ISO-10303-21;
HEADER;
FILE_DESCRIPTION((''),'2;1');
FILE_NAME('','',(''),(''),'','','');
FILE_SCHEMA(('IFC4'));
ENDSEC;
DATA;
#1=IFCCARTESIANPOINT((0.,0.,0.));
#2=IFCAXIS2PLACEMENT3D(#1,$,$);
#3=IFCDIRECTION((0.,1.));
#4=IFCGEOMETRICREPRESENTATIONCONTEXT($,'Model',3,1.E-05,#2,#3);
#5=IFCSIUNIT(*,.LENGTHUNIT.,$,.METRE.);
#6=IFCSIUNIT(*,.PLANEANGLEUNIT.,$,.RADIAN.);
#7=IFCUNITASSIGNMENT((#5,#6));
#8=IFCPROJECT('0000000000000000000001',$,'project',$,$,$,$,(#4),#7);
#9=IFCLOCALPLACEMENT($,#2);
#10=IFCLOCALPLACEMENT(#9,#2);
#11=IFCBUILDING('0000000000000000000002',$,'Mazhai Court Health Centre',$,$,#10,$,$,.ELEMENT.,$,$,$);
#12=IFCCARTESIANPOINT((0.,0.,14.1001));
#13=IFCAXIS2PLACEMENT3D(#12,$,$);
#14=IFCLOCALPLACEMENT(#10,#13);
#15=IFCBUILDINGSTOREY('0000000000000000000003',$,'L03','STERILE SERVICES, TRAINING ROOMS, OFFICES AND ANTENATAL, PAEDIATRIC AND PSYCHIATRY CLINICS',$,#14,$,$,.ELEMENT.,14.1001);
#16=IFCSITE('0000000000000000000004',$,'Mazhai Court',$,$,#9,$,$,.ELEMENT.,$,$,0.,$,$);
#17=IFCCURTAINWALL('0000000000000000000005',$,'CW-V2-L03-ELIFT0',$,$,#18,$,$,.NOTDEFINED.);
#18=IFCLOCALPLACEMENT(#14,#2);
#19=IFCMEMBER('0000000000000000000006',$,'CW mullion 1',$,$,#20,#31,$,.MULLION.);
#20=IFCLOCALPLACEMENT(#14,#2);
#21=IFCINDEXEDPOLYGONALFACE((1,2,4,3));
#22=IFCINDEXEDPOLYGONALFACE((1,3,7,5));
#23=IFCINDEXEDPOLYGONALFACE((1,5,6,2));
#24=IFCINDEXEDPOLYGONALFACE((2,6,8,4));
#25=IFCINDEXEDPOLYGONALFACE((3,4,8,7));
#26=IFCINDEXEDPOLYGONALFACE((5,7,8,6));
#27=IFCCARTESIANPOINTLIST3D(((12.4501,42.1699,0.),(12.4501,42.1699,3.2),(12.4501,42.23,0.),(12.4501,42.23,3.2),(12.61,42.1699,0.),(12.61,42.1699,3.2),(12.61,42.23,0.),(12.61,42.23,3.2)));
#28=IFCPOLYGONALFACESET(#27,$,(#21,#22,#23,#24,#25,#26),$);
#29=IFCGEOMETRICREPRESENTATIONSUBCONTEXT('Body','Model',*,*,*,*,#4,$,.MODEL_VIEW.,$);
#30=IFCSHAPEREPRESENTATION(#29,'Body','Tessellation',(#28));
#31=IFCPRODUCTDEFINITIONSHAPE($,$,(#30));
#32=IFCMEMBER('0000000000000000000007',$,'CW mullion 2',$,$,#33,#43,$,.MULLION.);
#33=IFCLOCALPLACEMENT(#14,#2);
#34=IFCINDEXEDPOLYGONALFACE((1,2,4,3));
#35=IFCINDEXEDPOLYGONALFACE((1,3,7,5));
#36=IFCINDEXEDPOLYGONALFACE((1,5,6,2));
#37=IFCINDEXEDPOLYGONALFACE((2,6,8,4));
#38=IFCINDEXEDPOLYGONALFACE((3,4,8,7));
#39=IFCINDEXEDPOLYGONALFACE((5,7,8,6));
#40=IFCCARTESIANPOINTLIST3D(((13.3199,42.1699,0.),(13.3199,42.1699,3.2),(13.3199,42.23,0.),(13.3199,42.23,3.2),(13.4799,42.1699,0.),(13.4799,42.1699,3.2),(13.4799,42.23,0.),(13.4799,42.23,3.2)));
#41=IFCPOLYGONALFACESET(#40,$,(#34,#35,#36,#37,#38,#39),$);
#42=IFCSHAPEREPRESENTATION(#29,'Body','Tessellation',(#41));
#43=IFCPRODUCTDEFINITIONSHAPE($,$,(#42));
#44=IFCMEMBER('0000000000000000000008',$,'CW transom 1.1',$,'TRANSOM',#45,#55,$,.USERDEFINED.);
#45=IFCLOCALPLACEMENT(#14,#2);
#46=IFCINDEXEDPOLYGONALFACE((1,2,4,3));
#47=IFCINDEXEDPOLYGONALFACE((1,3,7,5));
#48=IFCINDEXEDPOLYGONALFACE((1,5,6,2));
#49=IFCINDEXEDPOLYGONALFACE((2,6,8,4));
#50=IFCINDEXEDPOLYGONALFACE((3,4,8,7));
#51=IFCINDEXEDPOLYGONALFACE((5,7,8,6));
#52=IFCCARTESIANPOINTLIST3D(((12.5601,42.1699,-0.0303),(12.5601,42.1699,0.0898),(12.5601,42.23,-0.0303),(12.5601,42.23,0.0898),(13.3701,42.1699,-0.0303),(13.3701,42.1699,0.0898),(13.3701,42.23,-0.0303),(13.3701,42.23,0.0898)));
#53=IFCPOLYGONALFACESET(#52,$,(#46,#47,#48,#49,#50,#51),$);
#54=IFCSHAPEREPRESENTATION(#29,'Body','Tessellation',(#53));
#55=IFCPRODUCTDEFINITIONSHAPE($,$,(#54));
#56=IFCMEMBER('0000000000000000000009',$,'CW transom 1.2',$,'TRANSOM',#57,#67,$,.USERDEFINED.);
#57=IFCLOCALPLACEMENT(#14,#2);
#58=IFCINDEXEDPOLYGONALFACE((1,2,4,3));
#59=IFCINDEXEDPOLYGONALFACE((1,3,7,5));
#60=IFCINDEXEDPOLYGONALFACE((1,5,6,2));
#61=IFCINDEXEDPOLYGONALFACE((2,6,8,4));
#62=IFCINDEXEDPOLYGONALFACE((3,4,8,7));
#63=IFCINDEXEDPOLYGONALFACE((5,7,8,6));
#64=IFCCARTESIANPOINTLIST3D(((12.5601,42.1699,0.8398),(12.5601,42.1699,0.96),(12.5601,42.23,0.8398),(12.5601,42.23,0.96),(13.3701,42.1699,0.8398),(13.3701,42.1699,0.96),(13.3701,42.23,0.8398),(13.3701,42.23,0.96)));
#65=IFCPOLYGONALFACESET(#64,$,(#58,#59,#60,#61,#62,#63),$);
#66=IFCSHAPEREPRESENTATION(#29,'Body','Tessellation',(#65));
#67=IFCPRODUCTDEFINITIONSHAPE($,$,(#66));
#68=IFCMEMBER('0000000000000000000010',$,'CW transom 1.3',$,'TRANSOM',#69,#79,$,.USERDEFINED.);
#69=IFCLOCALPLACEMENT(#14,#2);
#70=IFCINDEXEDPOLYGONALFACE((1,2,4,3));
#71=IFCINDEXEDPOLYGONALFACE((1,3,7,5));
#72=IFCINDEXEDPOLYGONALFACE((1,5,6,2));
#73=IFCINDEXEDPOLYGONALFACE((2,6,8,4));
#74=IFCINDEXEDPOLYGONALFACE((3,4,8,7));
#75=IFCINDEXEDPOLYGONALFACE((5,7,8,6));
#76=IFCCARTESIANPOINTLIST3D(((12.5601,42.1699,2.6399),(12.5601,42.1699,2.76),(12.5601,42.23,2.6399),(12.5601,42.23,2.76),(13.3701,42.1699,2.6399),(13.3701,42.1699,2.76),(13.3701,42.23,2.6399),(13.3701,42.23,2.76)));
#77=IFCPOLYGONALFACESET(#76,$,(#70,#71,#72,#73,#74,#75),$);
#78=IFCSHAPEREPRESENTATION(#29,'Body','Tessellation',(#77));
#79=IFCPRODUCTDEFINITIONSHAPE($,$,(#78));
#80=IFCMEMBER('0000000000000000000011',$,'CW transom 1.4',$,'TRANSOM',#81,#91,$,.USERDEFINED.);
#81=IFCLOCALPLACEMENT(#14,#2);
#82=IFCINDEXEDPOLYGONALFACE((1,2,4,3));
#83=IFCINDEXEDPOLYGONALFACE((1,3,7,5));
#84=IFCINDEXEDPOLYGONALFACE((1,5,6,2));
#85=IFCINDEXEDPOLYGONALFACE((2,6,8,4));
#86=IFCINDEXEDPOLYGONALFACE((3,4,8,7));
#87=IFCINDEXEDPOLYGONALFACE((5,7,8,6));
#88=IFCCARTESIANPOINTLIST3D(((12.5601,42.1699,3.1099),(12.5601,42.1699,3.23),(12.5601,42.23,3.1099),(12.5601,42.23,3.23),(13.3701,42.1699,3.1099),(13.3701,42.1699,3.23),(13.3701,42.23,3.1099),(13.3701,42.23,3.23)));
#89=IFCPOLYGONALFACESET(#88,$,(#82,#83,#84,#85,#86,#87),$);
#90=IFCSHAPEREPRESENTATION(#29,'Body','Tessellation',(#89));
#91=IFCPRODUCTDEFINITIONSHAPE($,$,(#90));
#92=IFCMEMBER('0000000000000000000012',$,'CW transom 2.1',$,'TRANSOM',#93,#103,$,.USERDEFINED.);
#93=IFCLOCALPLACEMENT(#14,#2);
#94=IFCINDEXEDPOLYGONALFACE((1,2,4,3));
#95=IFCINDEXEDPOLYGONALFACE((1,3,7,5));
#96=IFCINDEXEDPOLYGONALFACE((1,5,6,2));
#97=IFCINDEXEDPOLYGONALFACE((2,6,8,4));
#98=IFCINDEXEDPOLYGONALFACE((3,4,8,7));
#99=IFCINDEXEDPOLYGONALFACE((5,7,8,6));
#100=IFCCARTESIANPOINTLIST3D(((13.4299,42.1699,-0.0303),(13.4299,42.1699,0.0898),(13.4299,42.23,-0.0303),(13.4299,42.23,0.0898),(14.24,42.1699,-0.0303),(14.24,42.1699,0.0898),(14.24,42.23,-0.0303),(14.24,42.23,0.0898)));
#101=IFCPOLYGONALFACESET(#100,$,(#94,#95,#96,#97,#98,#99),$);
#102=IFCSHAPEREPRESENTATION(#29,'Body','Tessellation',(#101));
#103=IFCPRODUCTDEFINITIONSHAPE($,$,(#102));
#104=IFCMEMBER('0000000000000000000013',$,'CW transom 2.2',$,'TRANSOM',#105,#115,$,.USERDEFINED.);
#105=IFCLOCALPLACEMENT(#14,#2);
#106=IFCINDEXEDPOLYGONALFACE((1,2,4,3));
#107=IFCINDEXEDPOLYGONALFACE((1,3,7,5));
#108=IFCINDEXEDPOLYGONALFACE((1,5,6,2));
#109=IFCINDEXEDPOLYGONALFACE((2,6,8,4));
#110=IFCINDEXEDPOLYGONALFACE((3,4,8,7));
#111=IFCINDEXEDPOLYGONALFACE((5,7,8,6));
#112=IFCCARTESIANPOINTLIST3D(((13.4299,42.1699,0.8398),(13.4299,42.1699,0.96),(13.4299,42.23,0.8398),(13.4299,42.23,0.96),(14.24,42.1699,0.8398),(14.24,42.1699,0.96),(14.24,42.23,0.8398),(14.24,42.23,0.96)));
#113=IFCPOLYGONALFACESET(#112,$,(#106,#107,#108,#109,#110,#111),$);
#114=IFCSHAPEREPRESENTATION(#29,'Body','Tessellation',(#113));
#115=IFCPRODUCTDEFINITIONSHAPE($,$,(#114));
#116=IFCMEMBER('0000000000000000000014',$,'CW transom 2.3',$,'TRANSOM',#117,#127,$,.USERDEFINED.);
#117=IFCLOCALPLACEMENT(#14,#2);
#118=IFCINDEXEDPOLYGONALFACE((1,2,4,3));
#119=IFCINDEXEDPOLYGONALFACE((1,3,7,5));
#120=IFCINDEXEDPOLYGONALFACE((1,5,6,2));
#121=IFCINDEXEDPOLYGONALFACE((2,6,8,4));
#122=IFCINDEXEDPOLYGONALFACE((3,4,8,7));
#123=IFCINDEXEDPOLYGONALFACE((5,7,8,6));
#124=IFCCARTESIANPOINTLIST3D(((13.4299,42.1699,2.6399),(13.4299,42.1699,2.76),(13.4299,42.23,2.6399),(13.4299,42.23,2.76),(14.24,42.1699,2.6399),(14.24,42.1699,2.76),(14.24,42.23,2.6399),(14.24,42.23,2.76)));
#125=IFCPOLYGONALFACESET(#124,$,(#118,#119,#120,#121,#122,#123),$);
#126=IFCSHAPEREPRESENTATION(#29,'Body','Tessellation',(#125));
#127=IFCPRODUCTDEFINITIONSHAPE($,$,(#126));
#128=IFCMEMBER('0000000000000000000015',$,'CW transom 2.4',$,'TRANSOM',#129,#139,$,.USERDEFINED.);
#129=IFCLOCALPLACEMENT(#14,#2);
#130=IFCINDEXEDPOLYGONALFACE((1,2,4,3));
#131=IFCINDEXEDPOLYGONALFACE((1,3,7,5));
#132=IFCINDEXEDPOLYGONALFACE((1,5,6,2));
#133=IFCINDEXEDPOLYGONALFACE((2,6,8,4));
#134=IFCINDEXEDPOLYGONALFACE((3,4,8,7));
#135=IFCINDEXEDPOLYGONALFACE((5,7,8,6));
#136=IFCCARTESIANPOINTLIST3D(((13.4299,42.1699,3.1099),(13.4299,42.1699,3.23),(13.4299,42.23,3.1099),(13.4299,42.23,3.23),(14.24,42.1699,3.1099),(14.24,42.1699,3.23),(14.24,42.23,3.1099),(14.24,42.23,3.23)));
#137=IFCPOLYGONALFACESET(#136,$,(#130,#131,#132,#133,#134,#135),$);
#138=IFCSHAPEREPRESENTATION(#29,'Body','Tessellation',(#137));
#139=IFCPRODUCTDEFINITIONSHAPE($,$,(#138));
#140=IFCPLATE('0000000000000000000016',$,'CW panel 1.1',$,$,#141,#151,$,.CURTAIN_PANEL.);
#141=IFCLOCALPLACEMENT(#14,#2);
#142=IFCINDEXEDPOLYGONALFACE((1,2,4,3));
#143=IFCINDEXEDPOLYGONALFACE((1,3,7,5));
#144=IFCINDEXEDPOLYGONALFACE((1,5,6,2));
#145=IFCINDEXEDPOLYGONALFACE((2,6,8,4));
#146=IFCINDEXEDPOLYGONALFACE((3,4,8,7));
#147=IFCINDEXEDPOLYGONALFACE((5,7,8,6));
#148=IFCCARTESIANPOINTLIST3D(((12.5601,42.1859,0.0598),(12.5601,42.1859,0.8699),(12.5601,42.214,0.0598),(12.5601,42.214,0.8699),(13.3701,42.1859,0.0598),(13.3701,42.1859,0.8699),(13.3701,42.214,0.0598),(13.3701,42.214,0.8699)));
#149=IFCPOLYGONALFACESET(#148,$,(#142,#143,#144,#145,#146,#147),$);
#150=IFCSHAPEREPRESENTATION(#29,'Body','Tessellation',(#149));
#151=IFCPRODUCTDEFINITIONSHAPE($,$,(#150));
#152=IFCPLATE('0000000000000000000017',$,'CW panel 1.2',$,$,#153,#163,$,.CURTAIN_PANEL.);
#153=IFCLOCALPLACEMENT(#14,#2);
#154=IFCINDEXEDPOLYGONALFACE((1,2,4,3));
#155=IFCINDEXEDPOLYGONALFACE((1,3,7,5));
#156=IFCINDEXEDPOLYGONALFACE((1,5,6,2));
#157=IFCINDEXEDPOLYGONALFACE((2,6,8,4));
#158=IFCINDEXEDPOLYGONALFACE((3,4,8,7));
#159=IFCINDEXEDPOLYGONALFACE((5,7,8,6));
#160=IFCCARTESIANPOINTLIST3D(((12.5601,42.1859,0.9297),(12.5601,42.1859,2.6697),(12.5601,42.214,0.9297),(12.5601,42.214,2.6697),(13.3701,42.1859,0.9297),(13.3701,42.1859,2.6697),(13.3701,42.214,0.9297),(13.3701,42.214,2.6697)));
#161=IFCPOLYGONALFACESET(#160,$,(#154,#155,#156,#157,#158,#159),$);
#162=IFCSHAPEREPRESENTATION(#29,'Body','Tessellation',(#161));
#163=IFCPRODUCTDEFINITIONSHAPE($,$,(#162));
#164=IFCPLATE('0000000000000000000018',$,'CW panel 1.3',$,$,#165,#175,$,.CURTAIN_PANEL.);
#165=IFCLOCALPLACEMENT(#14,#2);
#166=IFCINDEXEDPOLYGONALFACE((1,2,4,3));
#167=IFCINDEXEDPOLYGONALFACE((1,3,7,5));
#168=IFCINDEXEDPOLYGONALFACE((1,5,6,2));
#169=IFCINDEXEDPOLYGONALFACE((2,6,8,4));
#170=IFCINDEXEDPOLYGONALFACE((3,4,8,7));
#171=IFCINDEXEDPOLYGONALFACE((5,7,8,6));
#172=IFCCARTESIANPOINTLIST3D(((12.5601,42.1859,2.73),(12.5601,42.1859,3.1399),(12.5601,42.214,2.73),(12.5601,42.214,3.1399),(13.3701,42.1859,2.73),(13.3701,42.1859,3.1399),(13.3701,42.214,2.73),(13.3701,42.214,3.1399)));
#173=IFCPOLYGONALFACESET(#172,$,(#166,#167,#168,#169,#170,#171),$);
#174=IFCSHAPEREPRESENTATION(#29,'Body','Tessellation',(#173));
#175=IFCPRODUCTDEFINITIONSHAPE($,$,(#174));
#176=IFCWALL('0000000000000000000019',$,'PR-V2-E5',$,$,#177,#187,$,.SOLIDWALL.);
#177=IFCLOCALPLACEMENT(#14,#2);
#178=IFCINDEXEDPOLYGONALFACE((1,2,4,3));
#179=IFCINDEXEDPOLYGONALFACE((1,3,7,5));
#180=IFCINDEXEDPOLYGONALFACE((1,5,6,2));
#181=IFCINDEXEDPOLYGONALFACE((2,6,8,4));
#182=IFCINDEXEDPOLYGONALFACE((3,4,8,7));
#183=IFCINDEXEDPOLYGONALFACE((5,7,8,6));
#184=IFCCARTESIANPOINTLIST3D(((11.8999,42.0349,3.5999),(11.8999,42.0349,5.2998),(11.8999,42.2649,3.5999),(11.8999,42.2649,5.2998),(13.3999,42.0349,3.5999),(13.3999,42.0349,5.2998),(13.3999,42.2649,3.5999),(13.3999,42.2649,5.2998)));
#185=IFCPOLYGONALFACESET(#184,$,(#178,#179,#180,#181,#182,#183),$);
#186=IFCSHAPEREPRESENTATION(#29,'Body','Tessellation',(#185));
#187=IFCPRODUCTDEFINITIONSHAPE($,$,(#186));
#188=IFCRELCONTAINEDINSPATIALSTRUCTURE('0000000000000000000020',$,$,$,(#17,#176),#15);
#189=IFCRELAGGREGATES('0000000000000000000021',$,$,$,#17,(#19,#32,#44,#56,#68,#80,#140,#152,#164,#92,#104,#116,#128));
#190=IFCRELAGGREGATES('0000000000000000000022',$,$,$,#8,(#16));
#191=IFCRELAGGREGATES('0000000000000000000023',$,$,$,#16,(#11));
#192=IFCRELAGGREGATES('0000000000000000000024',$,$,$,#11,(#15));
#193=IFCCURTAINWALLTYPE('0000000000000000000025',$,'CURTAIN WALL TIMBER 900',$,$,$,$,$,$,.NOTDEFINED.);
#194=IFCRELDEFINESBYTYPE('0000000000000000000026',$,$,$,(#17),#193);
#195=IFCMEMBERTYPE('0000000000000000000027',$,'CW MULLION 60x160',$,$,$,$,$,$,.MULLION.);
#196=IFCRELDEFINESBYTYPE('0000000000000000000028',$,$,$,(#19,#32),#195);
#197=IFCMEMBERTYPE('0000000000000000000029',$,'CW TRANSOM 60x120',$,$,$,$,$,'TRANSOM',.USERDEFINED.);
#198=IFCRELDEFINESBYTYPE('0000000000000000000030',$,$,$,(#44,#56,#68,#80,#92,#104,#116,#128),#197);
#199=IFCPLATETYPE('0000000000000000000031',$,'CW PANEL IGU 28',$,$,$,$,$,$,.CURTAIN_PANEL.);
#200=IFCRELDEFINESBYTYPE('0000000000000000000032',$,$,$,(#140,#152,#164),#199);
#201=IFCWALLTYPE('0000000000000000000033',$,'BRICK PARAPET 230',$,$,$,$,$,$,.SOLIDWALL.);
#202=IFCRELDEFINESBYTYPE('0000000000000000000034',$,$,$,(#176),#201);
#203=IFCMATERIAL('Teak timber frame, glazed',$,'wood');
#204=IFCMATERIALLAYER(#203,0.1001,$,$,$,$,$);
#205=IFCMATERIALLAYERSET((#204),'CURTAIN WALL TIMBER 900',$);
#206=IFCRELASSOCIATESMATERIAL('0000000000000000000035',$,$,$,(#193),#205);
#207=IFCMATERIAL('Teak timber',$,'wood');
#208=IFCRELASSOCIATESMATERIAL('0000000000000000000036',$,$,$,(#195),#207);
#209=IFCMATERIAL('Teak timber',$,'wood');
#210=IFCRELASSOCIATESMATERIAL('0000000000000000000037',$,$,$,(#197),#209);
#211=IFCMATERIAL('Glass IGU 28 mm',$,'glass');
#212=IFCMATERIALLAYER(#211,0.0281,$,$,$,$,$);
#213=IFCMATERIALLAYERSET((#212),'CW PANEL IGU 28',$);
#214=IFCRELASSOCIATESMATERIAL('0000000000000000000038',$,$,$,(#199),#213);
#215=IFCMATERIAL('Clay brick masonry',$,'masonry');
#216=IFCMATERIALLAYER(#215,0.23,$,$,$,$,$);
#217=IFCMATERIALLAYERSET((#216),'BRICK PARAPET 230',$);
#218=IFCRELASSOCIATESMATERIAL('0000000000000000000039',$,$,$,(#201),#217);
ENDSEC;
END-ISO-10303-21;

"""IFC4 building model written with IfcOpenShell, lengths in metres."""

from ifc_helpers import new_model, si_unit, direction, frame, frame_2d, origin, origin_2d, place, context, subcontext, project, spatial, rectangle, extrude, material, layer, layer_set, material_profile, profile_set, type_object, element, aggregate, save


model = new_model("IFC4")

# Units and contexts
model_context = context("Model", 3, precision=1e-05, world=origin(), true_north=direction((0.0, 1.0)))
body_context = subcontext(model_context, "Body", "Model", "MODEL_VIEW")
ifc_project = project(units=[si_unit("LENGTHUNIT", "METRE"), si_unit("PLANEANGLEUNIT", "RADIAN")], contexts=[model_context])

# Site, building, storey
site_placement = place(None, origin())
site = spatial("IfcSite", under=ifc_project, at=site_placement, Name="Mazhai Court", CompositionType="ELEMENT", RefElevation=0.0)
building_placement = place(site_placement, origin())
building = spatial("IfcBuilding", under=site, at=building_placement, Name="Mazhai Court Health Centre", CompositionType="ELEMENT")
storey_placement = place(building_placement, frame((0.0, 0.0, 14.1001)))
storey = spatial("IfcBuildingStorey", under=building, at=storey_placement, Name="L03", Description="STERILE SERVICES, TRAINING ROOMS, OFFICES AND ANTENATAL, PAEDIATRIC AND PSYCHIATRY CLINICS", CompositionType="ELEMENT", Elevation=14.1001)

# Curtain wall, members, plates
ifc_material_1 = material(Name="Teak timber frame, glazed", Category="wood")
ifc_layer_1 = layer(ifc_material_1, 0.1001)
ifc_layer_set_1 = layer_set([ifc_layer_1], Name="CURTAIN WALL TIMBER 900")
curtain_wall_type = type_object("IfcCurtainWallType", Name="CURTAIN WALL TIMBER 900", PredefinedType="NOTDEFINED", material=ifc_layer_set_1)
curtain_wall_placement = place(storey_placement, origin())
curtain_wall = element("IfcCurtainWall", 1, at=curtain_wall_placement, inside=storey, type_object=curtain_wall_type, Name="CW-V2-L03-ELIFT0", PredefinedType="NOTDEFINED")
ifc_material_2 = material(Name="Teak timber", Category="wood")
ifc_material_profile_1 = material_profile(ifc_material_2, rectangle(XDim=0.0601, YDim=0.1599, at=origin_2d()), Name="CW MULLION 60x160")
ifc_profile_set_1 = profile_set([ifc_material_profile_1], Name="Teak timber")
member_type_1 = type_object("IfcMemberType", Name="CW MULLION 60x160", PredefinedType="MULLION", material=ifc_profile_set_1)
member_1_placement = place(storey_placement, frame((12.53, 42.2, 0.0), z_axis=(0.0, 0.0, 1.0), x_axis=(0.0, 1.0, 0.0)))
member_1 = element("IfcMember", 2, at=member_1_placement, type_object=member_type_1, Name="CW mullion 1", PredefinedType="MULLION", context=body_context, shape_type="SweptSolid", body=[
    extrude(rectangle(XDim=0.0601, YDim=0.1599, at=origin_2d()), origin(), (0.0, 0.0, 1.0), 3.2),
])
member_2_placement = place(storey_placement, frame((13.3999, 42.2, 0.0), z_axis=(0.0, 0.0, 1.0), x_axis=(0.0, 1.0, 0.0)))
member_2 = element("IfcMember", 3, at=member_2_placement, type_object=member_type_1, Name="CW mullion 2", PredefinedType="MULLION", context=body_context, shape_type="SweptSolid", body=[
    extrude(rectangle(XDim=0.0601, YDim=0.1599, at=origin_2d()), origin(), (0.0, 0.0, 1.0), 3.2),
])
ifc_material_3 = material(Name="Teak timber", Category="wood")
ifc_material_profile_2 = material_profile(ifc_material_3, rectangle(XDim=0.0601, YDim=0.1201, at=origin_2d()), Name="CW TRANSOM 60x120")
ifc_profile_set_2 = profile_set([ifc_material_profile_2], Name="Teak timber")
member_type_2 = type_object("IfcMemberType", Name="CW TRANSOM 60x120", ElementType="TRANSOM", PredefinedType="USERDEFINED", material=ifc_profile_set_2)
member_3_placement = place(storey_placement, frame((12.5601, 42.2, 0.0298), z_axis=(1.0, 0.0, 0.0), x_axis=(0.0, 1.0, 0.0)))
member_3 = element("IfcMember", 4, at=member_3_placement, type_object=member_type_2, Name="CW transom 1.1", ObjectType="TRANSOM", PredefinedType="USERDEFINED", context=body_context, shape_type="SweptSolid", body=[
    extrude(rectangle(XDim=0.0601, YDim=0.1201, at=origin_2d()), origin(), (0.0, 0.0, 1.0), 0.8101),
])
member_4_placement = place(storey_placement, frame((12.5601, 42.2, 0.8999), z_axis=(1.0, 0.0, 0.0), x_axis=(0.0, 1.0, 0.0)))
member_4 = element("IfcMember", 5, at=member_4_placement, type_object=member_type_2, Name="CW transom 1.2", ObjectType="TRANSOM", PredefinedType="USERDEFINED", context=body_context, shape_type="SweptSolid", body=[
    extrude(rectangle(XDim=0.0601, YDim=0.1201, at=origin_2d()), origin(), (0.0, 0.0, 1.0), 0.8101),
])
member_5_placement = place(storey_placement, frame((12.5601, 42.2, 2.7), z_axis=(1.0, 0.0, 0.0), x_axis=(0.0, 1.0, 0.0)))
member_5 = element("IfcMember", 6, at=member_5_placement, type_object=member_type_2, Name="CW transom 1.3", ObjectType="TRANSOM", PredefinedType="USERDEFINED", context=body_context, shape_type="SweptSolid", body=[
    extrude(rectangle(XDim=0.0601, YDim=0.1201, at=origin_2d()), origin(), (0.0, 0.0, 1.0), 0.8101),
])
member_6_placement = place(storey_placement, frame((12.5601, 42.2, 3.1699), z_axis=(1.0, 0.0, 0.0), x_axis=(0.0, 1.0, 0.0)))
member_6 = element("IfcMember", 7, at=member_6_placement, type_object=member_type_2, Name="CW transom 1.4", ObjectType="TRANSOM", PredefinedType="USERDEFINED", context=body_context, shape_type="SweptSolid", body=[
    extrude(rectangle(XDim=0.0601, YDim=0.1201, at=origin_2d()), origin(), (0.0, 0.0, 1.0), 0.8101),
])
member_7_placement = place(storey_placement, frame((13.4299, 42.2, 0.0298), z_axis=(1.0, 0.0, 0.0), x_axis=(0.0, 1.0, 0.0)))
member_7 = element("IfcMember", 8, at=member_7_placement, type_object=member_type_2, Name="CW transom 2.1", ObjectType="TRANSOM", PredefinedType="USERDEFINED", context=body_context, shape_type="SweptSolid", body=[
    extrude(rectangle(XDim=0.0601, YDim=0.1201, at=origin_2d()), origin(), (0.0, 0.0, 1.0), 0.8101),
])
member_8_placement = place(storey_placement, frame((13.4299, 42.2, 0.8999), z_axis=(1.0, 0.0, 0.0), x_axis=(0.0, 1.0, 0.0)))
member_8 = element("IfcMember", 9, at=member_8_placement, type_object=member_type_2, Name="CW transom 2.2", ObjectType="TRANSOM", PredefinedType="USERDEFINED", context=body_context, shape_type="SweptSolid", body=[
    extrude(rectangle(XDim=0.0601, YDim=0.1201, at=origin_2d()), origin(), (0.0, 0.0, 1.0), 0.8101),
])
member_9_placement = place(storey_placement, frame((13.4299, 42.2, 2.7), z_axis=(1.0, 0.0, 0.0), x_axis=(0.0, 1.0, 0.0)))
member_9 = element("IfcMember", 10, at=member_9_placement, type_object=member_type_2, Name="CW transom 2.3", ObjectType="TRANSOM", PredefinedType="USERDEFINED", context=body_context, shape_type="SweptSolid", body=[
    extrude(rectangle(XDim=0.0601, YDim=0.1201, at=origin_2d()), origin(), (0.0, 0.0, 1.0), 0.8101),
])
member_10_placement = place(storey_placement, frame((13.4299, 42.2, 3.1699), z_axis=(1.0, 0.0, 0.0), x_axis=(0.0, 1.0, 0.0)))
member_10 = element("IfcMember", 11, at=member_10_placement, type_object=member_type_2, Name="CW transom 2.4", ObjectType="TRANSOM", PredefinedType="USERDEFINED", context=body_context, shape_type="SweptSolid", body=[
    extrude(rectangle(XDim=0.0601, YDim=0.1201, at=origin_2d()), origin(), (0.0, 0.0, 1.0), 0.8101),
])
ifc_material_4 = material(Name="Glass IGU 28 mm", Category="glass")
ifc_layer_2 = layer(ifc_material_4, 0.0281)
ifc_layer_set_2 = layer_set([ifc_layer_2], Name="CW PANEL IGU 28")
plate_type = type_object("IfcPlateType", Name="CW PANEL IGU 28", PredefinedType="CURTAIN_PANEL", material=ifc_layer_set_2)
plate_1_placement = place(storey_placement, frame((12.9651, 42.2, 0.0598), z_axis=(0.0, 0.0, 1.0), x_axis=(1.0, 0.0, 0.0)))
plate_1 = element("IfcPlate", 12, at=plate_1_placement, type_object=plate_type, Name="CW panel 1.1", PredefinedType="CURTAIN_PANEL", context=body_context, shape_type="SweptSolid", body=[
    extrude(rectangle(XDim=0.8101, YDim=0.0281, at=origin_2d()), origin(), (0.0, 0.0, 1.0), 0.8101),
])
plate_2_placement = place(storey_placement, frame((12.9651, 42.2, 0.9297), z_axis=(0.0, 0.0, 1.0), x_axis=(1.0, 0.0, 0.0)))
plate_2 = element("IfcPlate", 13, at=plate_2_placement, type_object=plate_type, Name="CW panel 1.2", PredefinedType="CURTAIN_PANEL", context=body_context, shape_type="SweptSolid", body=[
    extrude(rectangle(XDim=0.8101, YDim=0.0281, at=origin_2d()), origin(), (0.0, 0.0, 1.0), 1.74),
])
plate_3_placement = place(storey_placement, frame((12.9651, 42.2, 2.73), z_axis=(0.0, 0.0, 1.0), x_axis=(1.0, 0.0, 0.0)))
plate_3 = element("IfcPlate", 14, at=plate_3_placement, type_object=plate_type, Name="CW panel 1.3", PredefinedType="CURTAIN_PANEL", context=body_context, shape_type="SweptSolid", body=[
    extrude(rectangle(XDim=0.8101, YDim=0.0281, at=origin_2d()), origin(), (0.0, 0.0, 1.0), 0.4099),
])
aggregate(curtain_wall, [member_1, member_2, member_3, member_4, member_5, member_6, plate_1, plate_2, plate_3, member_7, member_8, member_9, member_10])

# Wall
ifc_material_5 = material(Name="Clay brick masonry", Category="masonry")
ifc_layer_3 = layer(ifc_material_5, 0.23)
ifc_layer_set_3 = layer_set([ifc_layer_3], Name="BRICK PARAPET 230")
wall_type_1 = type_object("IfcWallType", Name="BRICK PARAPET 230", PredefinedType="SOLIDWALL", material=ifc_layer_set_3)
for number, where, z_axis, x_axis, name in (
    (15, (11.8999, 42.1499, 3.5999), (0.0, 0.0, 1.0), (1.0, 0.0, 0.0), "PR-V2-E5"),
):
    element("IfcWall", number, at=place(storey_placement, frame(where, z_axis=z_axis, x_axis=x_axis)), inside=storey, type_object=wall_type_1, Name=name, PredefinedType="SOLIDWALL", context=body_context, shape_type="SweptSolid", body=[
        extrude(rectangle(XDim=1.5, YDim=0.23, at=frame_2d((0.75, 0.0))), origin(), (0.0, 0.0, 1.0), 1.7),
    ])

save(model, "model.ifc")
